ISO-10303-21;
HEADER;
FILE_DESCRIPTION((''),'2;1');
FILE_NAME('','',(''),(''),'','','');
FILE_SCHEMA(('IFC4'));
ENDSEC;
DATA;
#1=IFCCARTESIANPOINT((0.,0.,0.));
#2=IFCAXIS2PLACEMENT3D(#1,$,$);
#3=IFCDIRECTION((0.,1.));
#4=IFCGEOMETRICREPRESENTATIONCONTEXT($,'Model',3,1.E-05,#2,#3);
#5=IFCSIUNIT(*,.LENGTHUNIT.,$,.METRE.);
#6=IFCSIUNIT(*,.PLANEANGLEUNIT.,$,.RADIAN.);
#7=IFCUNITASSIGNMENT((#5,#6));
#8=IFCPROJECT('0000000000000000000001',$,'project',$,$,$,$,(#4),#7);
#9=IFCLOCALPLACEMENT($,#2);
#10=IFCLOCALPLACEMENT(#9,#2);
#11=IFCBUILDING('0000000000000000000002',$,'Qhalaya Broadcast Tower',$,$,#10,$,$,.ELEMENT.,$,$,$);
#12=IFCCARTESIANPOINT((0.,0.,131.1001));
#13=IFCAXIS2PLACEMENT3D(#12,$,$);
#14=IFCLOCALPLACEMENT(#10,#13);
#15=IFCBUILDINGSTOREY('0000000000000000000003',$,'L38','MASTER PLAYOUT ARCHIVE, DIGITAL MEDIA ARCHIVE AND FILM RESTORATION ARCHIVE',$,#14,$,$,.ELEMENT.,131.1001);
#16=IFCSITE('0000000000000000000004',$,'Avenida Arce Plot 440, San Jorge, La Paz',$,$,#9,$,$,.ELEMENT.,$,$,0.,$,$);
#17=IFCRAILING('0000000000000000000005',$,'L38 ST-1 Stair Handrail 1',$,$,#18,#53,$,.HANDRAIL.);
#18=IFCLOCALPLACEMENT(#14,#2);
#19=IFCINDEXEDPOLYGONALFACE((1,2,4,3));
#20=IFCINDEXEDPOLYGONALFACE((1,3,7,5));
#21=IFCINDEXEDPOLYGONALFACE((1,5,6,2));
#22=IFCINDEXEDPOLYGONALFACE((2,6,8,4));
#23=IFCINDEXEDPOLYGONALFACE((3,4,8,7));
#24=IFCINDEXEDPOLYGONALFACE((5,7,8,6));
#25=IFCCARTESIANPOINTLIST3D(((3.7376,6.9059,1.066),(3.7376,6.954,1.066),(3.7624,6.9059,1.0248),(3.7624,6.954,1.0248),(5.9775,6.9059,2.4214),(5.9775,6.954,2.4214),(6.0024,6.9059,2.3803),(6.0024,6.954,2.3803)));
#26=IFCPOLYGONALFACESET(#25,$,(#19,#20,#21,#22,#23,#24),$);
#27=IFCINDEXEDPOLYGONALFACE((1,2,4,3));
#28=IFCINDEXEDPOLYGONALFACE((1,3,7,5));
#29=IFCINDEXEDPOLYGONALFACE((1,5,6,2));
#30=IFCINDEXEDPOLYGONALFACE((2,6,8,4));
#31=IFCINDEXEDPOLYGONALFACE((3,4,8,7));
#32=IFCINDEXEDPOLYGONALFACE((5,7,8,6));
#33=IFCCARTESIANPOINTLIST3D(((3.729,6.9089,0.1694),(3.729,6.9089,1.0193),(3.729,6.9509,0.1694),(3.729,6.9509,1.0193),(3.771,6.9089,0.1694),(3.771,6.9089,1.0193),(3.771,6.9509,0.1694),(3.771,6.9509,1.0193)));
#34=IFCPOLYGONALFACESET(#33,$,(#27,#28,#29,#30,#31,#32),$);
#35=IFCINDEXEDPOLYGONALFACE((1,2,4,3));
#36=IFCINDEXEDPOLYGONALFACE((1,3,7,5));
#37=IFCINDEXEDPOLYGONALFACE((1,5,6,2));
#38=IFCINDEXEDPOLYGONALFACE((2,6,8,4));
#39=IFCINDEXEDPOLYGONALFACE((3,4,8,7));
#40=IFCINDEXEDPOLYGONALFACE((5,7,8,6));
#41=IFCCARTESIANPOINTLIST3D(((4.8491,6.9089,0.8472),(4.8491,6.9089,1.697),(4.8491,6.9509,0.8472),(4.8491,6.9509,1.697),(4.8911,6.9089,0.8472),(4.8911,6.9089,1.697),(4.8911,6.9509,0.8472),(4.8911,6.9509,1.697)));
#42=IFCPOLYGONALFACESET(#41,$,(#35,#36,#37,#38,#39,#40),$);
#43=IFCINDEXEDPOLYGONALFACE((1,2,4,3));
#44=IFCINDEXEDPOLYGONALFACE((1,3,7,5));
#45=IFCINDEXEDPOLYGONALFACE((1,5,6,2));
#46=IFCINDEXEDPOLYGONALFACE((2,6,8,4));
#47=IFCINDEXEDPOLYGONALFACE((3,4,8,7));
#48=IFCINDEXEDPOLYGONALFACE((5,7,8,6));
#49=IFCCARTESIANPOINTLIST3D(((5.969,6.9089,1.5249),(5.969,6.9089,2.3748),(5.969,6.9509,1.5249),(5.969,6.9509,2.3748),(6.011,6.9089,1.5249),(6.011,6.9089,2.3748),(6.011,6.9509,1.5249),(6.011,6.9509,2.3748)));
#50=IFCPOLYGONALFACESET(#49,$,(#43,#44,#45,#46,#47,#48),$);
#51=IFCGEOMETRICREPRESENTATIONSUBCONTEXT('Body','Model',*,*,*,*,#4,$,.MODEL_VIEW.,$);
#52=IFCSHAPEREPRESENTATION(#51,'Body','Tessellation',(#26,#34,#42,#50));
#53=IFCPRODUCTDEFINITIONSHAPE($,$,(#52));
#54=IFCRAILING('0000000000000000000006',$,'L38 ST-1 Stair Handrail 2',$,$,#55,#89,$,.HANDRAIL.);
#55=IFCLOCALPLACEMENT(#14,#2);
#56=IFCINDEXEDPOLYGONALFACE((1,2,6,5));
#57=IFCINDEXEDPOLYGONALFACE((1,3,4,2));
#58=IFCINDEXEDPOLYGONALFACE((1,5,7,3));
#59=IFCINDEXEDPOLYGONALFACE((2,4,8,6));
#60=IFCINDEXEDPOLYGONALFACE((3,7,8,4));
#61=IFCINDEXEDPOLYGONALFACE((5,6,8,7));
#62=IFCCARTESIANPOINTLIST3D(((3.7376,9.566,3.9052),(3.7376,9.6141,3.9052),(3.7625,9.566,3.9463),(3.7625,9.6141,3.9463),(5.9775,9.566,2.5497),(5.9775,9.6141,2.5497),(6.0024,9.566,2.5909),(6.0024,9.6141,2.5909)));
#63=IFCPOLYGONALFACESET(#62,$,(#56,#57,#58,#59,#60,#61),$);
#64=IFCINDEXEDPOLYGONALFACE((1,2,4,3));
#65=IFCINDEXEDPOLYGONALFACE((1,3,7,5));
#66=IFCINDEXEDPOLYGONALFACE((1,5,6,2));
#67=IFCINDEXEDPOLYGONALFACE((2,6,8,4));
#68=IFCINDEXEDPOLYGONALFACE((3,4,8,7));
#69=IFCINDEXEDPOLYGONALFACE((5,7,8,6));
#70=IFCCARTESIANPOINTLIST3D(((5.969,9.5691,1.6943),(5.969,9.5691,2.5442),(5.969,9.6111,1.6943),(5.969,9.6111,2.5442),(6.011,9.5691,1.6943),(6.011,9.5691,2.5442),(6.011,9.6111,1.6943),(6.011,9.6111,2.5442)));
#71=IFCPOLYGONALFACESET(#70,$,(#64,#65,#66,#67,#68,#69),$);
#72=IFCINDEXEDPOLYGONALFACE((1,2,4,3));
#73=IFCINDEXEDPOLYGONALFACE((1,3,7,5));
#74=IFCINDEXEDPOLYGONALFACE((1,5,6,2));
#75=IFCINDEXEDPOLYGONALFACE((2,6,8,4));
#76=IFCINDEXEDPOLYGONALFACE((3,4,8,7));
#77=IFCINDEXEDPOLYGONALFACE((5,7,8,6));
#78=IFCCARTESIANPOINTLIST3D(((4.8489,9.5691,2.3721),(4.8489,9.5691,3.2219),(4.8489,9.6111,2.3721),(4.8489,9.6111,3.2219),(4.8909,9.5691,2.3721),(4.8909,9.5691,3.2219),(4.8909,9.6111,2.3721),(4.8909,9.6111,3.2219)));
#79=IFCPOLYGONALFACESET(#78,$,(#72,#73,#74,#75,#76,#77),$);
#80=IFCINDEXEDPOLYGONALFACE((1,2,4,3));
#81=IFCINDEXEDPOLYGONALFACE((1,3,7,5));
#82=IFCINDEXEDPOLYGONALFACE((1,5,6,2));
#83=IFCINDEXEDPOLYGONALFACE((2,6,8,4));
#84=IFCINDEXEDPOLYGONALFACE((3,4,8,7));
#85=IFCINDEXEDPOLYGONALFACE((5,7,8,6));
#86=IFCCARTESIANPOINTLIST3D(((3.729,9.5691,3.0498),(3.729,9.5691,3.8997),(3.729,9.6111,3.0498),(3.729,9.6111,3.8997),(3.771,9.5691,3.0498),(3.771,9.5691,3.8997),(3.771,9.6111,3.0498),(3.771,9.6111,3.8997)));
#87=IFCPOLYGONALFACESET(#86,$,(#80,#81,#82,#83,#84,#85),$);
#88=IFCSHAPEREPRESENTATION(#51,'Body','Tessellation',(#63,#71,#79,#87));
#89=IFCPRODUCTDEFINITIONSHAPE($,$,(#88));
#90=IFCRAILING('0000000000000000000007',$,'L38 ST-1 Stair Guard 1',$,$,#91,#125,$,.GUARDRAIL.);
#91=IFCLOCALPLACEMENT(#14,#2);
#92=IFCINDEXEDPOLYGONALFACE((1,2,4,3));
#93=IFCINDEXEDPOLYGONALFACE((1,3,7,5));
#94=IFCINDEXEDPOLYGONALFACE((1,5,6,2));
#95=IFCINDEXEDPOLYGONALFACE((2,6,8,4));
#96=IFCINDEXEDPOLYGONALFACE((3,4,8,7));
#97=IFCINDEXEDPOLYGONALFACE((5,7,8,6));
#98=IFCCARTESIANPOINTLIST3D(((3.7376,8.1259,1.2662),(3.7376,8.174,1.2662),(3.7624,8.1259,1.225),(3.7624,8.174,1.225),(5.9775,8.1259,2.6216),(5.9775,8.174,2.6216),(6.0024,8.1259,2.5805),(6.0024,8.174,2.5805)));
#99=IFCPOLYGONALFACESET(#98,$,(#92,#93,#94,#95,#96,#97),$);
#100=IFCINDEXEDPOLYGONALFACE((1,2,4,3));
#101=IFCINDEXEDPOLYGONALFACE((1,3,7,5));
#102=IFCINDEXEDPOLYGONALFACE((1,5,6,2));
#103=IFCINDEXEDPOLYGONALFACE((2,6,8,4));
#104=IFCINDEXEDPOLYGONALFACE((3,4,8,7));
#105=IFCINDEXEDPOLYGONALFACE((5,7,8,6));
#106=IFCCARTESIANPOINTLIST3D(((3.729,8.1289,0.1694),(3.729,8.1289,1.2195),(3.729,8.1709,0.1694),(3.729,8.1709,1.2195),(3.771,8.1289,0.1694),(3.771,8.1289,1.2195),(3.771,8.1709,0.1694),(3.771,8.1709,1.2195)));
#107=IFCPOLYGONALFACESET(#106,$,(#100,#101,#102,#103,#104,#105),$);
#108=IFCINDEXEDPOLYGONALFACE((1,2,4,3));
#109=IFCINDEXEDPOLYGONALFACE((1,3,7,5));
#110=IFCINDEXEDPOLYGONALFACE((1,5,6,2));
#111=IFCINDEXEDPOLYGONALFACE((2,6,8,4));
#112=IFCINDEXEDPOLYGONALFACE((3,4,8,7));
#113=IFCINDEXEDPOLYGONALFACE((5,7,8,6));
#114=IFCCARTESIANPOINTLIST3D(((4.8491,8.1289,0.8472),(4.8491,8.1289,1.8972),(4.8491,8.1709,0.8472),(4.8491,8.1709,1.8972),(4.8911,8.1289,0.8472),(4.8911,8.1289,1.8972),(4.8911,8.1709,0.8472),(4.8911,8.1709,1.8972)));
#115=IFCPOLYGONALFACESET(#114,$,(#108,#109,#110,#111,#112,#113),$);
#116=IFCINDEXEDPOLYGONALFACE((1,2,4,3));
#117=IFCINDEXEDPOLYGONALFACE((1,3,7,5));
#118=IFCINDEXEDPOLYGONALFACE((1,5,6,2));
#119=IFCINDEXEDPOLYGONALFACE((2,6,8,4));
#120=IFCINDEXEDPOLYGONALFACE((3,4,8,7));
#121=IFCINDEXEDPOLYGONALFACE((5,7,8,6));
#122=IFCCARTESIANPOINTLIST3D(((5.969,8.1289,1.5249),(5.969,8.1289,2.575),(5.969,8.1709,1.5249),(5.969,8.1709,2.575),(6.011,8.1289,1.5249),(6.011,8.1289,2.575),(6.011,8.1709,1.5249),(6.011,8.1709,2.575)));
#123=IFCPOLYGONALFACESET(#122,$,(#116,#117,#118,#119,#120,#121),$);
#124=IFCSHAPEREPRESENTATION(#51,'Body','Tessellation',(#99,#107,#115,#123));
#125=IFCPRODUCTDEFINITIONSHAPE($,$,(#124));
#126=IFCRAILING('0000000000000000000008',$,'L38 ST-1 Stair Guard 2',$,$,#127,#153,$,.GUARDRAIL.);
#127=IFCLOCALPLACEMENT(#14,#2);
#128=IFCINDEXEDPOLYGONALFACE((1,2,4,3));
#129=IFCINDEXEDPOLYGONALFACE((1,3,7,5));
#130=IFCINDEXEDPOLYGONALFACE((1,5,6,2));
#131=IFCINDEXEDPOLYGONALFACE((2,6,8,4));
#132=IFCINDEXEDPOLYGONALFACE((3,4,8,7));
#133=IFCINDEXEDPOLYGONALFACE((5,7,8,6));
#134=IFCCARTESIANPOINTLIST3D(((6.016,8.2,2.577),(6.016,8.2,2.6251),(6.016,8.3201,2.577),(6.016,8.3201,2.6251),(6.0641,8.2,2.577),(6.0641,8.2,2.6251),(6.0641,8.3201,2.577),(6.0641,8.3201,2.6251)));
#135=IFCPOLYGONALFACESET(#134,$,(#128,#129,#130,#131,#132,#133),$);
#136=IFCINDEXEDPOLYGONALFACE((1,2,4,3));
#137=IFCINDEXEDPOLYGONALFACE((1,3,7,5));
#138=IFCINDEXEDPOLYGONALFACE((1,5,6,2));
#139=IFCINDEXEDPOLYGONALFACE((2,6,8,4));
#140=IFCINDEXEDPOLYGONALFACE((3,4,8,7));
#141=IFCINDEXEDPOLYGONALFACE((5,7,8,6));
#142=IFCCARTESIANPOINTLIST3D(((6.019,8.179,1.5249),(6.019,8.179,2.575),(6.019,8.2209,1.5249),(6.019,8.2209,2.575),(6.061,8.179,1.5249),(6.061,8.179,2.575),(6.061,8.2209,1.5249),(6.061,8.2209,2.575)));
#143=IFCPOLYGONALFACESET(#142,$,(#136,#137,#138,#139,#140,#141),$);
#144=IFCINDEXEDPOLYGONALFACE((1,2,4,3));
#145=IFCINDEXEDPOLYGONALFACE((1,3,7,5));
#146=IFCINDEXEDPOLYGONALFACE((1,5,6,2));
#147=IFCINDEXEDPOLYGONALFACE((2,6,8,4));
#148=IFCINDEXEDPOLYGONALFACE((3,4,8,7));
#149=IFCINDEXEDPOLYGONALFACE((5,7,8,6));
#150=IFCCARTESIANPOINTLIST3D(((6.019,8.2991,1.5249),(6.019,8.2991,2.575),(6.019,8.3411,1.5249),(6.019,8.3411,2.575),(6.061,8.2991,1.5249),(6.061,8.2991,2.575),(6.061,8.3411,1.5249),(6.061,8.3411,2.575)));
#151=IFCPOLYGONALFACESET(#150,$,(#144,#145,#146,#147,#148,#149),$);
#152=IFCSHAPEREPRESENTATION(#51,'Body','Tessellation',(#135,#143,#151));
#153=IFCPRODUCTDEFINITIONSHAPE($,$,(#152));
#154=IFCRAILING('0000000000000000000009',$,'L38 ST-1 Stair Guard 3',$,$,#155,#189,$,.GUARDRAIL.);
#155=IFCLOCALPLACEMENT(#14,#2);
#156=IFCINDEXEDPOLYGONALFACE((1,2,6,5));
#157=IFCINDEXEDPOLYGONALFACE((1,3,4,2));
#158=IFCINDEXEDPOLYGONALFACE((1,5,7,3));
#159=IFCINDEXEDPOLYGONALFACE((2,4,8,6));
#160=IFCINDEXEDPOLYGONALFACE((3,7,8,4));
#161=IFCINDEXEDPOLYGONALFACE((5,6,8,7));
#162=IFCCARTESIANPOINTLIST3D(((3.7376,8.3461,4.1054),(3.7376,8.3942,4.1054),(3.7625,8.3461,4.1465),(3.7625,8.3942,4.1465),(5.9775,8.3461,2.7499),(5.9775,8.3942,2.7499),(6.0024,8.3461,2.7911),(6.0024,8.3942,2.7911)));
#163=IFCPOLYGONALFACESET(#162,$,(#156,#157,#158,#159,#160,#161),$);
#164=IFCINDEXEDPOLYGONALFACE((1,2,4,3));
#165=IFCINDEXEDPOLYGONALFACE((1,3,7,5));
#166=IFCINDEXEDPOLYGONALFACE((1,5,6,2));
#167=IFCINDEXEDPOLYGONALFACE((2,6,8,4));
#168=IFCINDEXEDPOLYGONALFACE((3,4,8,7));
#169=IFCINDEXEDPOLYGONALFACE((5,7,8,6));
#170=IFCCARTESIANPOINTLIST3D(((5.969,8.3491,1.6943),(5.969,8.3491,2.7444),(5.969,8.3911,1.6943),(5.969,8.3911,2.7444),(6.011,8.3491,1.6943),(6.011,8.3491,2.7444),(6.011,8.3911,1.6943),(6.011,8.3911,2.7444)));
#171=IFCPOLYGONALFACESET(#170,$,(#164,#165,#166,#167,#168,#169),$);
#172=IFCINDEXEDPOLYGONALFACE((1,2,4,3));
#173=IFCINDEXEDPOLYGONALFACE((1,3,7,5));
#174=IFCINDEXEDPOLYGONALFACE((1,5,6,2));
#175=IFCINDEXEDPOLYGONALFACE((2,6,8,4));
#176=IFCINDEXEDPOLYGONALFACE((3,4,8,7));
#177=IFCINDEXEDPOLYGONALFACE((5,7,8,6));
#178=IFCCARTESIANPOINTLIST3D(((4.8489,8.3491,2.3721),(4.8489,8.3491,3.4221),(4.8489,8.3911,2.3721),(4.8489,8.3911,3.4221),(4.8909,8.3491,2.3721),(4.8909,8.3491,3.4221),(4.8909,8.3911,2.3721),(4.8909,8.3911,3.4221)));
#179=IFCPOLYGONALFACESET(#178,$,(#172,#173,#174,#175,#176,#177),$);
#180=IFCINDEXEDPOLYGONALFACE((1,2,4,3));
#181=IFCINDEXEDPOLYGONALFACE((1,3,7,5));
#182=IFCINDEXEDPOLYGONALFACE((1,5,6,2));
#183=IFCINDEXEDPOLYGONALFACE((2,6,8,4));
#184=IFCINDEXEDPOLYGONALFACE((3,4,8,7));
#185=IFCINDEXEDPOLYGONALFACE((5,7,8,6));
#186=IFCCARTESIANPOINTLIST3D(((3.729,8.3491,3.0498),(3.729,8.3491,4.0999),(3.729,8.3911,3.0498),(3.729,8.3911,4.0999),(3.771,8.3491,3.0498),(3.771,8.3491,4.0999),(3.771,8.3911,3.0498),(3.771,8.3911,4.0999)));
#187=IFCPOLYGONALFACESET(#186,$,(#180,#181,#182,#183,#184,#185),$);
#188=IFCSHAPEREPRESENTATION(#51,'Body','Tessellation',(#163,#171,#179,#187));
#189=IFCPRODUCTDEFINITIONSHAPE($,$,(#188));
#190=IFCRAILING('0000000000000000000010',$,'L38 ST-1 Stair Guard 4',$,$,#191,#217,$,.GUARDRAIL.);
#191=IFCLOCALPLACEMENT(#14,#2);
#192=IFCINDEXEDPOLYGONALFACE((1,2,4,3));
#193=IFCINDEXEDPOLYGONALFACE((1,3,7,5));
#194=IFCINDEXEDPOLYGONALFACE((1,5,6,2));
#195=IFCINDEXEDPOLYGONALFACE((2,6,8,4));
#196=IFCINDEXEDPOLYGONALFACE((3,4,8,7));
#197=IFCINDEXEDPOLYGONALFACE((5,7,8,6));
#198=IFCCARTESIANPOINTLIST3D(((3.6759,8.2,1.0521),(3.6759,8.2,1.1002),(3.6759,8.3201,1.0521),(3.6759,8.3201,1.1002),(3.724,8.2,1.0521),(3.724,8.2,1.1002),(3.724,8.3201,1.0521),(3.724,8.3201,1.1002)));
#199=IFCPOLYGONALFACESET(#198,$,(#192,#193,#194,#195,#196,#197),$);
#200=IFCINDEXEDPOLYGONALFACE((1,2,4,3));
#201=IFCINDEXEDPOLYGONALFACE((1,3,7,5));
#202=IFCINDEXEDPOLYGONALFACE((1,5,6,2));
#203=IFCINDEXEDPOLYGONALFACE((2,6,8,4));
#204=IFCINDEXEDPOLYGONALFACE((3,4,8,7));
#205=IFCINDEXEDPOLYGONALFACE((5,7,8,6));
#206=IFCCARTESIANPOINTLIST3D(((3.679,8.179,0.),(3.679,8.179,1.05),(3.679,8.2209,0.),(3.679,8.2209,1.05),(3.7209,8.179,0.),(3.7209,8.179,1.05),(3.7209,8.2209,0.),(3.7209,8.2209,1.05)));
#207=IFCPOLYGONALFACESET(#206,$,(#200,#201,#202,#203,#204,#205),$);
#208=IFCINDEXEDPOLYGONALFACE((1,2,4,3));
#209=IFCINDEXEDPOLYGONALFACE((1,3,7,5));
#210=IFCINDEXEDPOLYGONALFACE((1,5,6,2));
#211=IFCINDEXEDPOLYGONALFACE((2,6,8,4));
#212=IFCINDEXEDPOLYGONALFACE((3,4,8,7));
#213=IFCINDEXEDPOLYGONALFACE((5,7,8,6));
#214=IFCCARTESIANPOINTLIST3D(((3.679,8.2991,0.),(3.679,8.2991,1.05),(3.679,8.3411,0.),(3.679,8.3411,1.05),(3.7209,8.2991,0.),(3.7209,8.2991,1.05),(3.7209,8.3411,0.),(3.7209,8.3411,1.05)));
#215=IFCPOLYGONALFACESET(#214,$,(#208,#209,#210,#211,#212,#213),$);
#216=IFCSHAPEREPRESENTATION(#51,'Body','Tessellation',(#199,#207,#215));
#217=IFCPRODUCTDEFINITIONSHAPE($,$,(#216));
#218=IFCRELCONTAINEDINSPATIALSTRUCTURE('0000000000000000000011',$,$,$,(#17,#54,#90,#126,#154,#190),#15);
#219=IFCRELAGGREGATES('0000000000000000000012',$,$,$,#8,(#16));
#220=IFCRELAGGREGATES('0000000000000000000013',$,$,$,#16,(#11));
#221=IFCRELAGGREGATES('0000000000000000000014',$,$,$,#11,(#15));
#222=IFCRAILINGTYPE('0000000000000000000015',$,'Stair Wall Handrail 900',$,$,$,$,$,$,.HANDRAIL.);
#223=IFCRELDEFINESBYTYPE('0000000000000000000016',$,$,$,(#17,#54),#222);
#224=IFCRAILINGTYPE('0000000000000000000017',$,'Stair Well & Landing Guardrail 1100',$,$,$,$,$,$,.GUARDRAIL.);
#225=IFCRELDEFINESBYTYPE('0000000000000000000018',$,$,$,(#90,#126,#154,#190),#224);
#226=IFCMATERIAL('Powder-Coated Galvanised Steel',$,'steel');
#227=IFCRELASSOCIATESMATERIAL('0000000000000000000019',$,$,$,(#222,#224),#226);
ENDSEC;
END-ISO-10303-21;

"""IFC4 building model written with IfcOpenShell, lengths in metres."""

from ifc_helpers import new_model, si_unit, direction, frame, origin, origin_2d, place, context, subcontext, project, spatial, rectangle, extrude, material, type_object, element, save


model = new_model("IFC4")

# Units and contexts
model_context = context("Model", 3, precision=1e-05, world=origin(), true_north=direction((0.0, 1.0)))
body_context = subcontext(model_context, "Body", "Model", "MODEL_VIEW")
ifc_project = project(units=[si_unit("LENGTHUNIT", "METRE"), si_unit("PLANEANGLEUNIT", "RADIAN")], contexts=[model_context])

# Site, building, storey
site_placement = place(None, origin())
site = spatial("IfcSite", under=ifc_project, at=site_placement, Name="Avenida Arce Plot 440, San Jorge, La Paz", CompositionType="ELEMENT", RefElevation=0.0)
building_placement = place(site_placement, origin())
building = spatial("IfcBuilding", under=site, at=building_placement, Name="Qhalaya Broadcast Tower", CompositionType="ELEMENT")
storey_placement = place(building_placement, frame((0.0, 0.0, 131.1001)))
storey = spatial("IfcBuildingStorey", under=building, at=storey_placement, Name="L38", Description="MASTER PLAYOUT ARCHIVE, DIGITAL MEDIA ARCHIVE AND FILM RESTORATION ARCHIVE", CompositionType="ELEMENT", Elevation=131.1001)

# Railings
ifc_material_1 = material(Name="Powder-Coated Galvanised Steel", Category="steel")
railing_type_1 = type_object("IfcRailingType", Name="Stair Wall Handrail 900", PredefinedType="HANDRAIL", material=ifc_material_1)
railing_1_placement = place(storey_placement, frame((3.75, 6.9299, 0.1694)))
element("IfcRailing", 1, at=railing_1_placement, inside=storey, type_object=railing_type_1, Name="L38 ST-1 Stair Handrail 1", PredefinedType="HANDRAIL", context=body_context, shape_type="SweptSolid", body=[
    extrude(rectangle(XDim=0.0481, YDim=0.0481, at=origin_2d()), frame((0.0, 0.0, 0.876), z_axis=(0.855553, 0.0, 0.517715), x_axis=(0.0, 1.0, 0.0)), (0.0, 0.0, 1.0), 2.6182),
    extrude(rectangle(XDim=0.042, YDim=0.042, at=origin_2d()), origin(), (0.0, 0.0, 1.0), 0.8499),
    extrude(rectangle(XDim=0.042, YDim=0.042, at=origin_2d()), frame((1.1201, 0.0, 0.6777)), (0.0, 0.0, 1.0), 0.8499),
    extrude(rectangle(XDim=0.042, YDim=0.042, at=origin_2d()), frame((2.24, 0.0, 1.3555)), (0.0, 0.0, 1.0), 0.8499),
])
railing_2_placement = place(storey_placement, frame((5.99, 9.5901, 1.6943)))
element("IfcRailing", 2, at=railing_2_placement, inside=storey, type_object=railing_type_1, Name="L38 ST-1 Stair Handrail 2", PredefinedType="HANDRAIL", context=body_context, shape_type="SweptSolid", body=[
    extrude(rectangle(XDim=0.0481, YDim=0.0481, at=origin_2d()), frame((0.0, 0.0, 0.876), z_axis=(-0.855553, 0.0, 0.517715), x_axis=(0.0, -1.0, 0.0)), (0.0, 0.0, 1.0), 2.6182),
    extrude(rectangle(XDim=0.042, YDim=0.042, at=origin_2d()), origin(), (0.0, 0.0, 1.0), 0.8499),
    extrude(rectangle(XDim=0.042, YDim=0.042, at=origin_2d()), frame((-1.1201, 0.0, 0.6777)), (0.0, 0.0, 1.0), 0.8499),
    extrude(rectangle(XDim=0.042, YDim=0.042, at=origin_2d()), frame((-2.24, 0.0, 1.3555)), (0.0, 0.0, 1.0), 0.8499),
])
railing_type_2 = type_object("IfcRailingType", Name="Stair Well & Landing Guardrail 1100", PredefinedType="GUARDRAIL", material=ifc_material_1)
railing_3_placement = place(storey_placement, frame((3.75, 8.1499, 0.1694)))
element("IfcRailing", 3, at=railing_3_placement, inside=storey, type_object=railing_type_2, Name="L38 ST-1 Stair Guard 1", PredefinedType="GUARDRAIL", context=body_context, shape_type="SweptSolid", body=[
    extrude(rectangle(XDim=0.0481, YDim=0.0481, at=origin_2d()), frame((0.0, 0.0, 1.0762), z_axis=(0.855553, 0.0, 0.517715), x_axis=(0.0, 1.0, 0.0)), (0.0, 0.0, 1.0), 2.6182),
    extrude(rectangle(XDim=0.042, YDim=0.042, at=origin_2d()), origin(), (0.0, 0.0, 1.0), 1.05),
    extrude(rectangle(XDim=0.042, YDim=0.042, at=origin_2d()), frame((1.1201, 0.0, 0.6777)), (0.0, 0.0, 1.0), 1.05),
    extrude(rectangle(XDim=0.042, YDim=0.042, at=origin_2d()), frame((2.24, 0.0, 1.3555)), (0.0, 0.0, 1.0), 1.05),
])
railing_4_placement = place(storey_placement, frame((6.04, 8.2, 1.5249)))
element("IfcRailing", 4, at=railing_4_placement, inside=storey, type_object=railing_type_2, Name="L38 ST-1 Stair Guard 2", PredefinedType="GUARDRAIL", context=body_context, shape_type="SweptSolid", body=[
    extrude(rectangle(XDim=0.0481, YDim=0.0481, at=origin_2d()), frame((0.0, 0.0, 1.0762), z_axis=(0.0, 1.0, 0.0), x_axis=(-1.0, 0.0, 0.0)), (0.0, 0.0, 1.0), 0.1201),
    extrude(rectangle(XDim=0.042, YDim=0.042, at=origin_2d()), origin(), (0.0, 0.0, 1.0), 1.05),
    extrude(rectangle(XDim=0.042, YDim=0.042, at=origin_2d()), frame((0.0, 0.1201, 0.0)), (0.0, 0.0, 1.0), 1.05),
])
railing_5_placement = place(storey_placement, frame((5.99, 8.3701, 1.6943)))
element("IfcRailing", 5, at=railing_5_placement, inside=storey, type_object=railing_type_2, Name="L38 ST-1 Stair Guard 3", PredefinedType="GUARDRAIL", context=body_context, shape_type="SweptSolid", body=[
    extrude(rectangle(XDim=0.0481, YDim=0.0481, at=origin_2d()), frame((0.0, 0.0, 1.0762), z_axis=(-0.855553, 0.0, 0.517715), x_axis=(0.0, -1.0, 0.0)), (0.0, 0.0, 1.0), 2.6182),
    extrude(rectangle(XDim=0.042, YDim=0.042, at=origin_2d()), origin(), (0.0, 0.0, 1.0), 1.05),
    extrude(rectangle(XDim=0.042, YDim=0.042, at=origin_2d()), frame((-1.1201, 0.0, 0.6777)), (0.0, 0.0, 1.0), 1.05),
    extrude(rectangle(XDim=0.042, YDim=0.042, at=origin_2d()), frame((-2.24, 0.0, 1.3555)), (0.0, 0.0, 1.0), 1.05),
])
railing_6_placement = place(storey_placement, frame((3.7, 8.2, 0.0)))
element("IfcRailing", 6, at=railing_6_placement, inside=storey, type_object=railing_type_2, Name="L38 ST-1 Stair Guard 4", PredefinedType="GUARDRAIL", context=body_context, shape_type="SweptSolid", body=[
    extrude(rectangle(XDim=0.0481, YDim=0.0481, at=origin_2d()), frame((0.0, 0.0, 1.0762), z_axis=(0.0, 1.0, 0.0), x_axis=(-1.0, 0.0, 0.0)), (0.0, 0.0, 1.0), 0.1201),
    extrude(rectangle(XDim=0.042, YDim=0.042, at=origin_2d()), origin(), (0.0, 0.0, 1.0), 1.05),
    extrude(rectangle(XDim=0.042, YDim=0.042, at=origin_2d()), frame((0.0, 0.1201, 0.0)), (0.0, 0.0, 1.0), 1.05),
])

save(model, "model.ifc")
